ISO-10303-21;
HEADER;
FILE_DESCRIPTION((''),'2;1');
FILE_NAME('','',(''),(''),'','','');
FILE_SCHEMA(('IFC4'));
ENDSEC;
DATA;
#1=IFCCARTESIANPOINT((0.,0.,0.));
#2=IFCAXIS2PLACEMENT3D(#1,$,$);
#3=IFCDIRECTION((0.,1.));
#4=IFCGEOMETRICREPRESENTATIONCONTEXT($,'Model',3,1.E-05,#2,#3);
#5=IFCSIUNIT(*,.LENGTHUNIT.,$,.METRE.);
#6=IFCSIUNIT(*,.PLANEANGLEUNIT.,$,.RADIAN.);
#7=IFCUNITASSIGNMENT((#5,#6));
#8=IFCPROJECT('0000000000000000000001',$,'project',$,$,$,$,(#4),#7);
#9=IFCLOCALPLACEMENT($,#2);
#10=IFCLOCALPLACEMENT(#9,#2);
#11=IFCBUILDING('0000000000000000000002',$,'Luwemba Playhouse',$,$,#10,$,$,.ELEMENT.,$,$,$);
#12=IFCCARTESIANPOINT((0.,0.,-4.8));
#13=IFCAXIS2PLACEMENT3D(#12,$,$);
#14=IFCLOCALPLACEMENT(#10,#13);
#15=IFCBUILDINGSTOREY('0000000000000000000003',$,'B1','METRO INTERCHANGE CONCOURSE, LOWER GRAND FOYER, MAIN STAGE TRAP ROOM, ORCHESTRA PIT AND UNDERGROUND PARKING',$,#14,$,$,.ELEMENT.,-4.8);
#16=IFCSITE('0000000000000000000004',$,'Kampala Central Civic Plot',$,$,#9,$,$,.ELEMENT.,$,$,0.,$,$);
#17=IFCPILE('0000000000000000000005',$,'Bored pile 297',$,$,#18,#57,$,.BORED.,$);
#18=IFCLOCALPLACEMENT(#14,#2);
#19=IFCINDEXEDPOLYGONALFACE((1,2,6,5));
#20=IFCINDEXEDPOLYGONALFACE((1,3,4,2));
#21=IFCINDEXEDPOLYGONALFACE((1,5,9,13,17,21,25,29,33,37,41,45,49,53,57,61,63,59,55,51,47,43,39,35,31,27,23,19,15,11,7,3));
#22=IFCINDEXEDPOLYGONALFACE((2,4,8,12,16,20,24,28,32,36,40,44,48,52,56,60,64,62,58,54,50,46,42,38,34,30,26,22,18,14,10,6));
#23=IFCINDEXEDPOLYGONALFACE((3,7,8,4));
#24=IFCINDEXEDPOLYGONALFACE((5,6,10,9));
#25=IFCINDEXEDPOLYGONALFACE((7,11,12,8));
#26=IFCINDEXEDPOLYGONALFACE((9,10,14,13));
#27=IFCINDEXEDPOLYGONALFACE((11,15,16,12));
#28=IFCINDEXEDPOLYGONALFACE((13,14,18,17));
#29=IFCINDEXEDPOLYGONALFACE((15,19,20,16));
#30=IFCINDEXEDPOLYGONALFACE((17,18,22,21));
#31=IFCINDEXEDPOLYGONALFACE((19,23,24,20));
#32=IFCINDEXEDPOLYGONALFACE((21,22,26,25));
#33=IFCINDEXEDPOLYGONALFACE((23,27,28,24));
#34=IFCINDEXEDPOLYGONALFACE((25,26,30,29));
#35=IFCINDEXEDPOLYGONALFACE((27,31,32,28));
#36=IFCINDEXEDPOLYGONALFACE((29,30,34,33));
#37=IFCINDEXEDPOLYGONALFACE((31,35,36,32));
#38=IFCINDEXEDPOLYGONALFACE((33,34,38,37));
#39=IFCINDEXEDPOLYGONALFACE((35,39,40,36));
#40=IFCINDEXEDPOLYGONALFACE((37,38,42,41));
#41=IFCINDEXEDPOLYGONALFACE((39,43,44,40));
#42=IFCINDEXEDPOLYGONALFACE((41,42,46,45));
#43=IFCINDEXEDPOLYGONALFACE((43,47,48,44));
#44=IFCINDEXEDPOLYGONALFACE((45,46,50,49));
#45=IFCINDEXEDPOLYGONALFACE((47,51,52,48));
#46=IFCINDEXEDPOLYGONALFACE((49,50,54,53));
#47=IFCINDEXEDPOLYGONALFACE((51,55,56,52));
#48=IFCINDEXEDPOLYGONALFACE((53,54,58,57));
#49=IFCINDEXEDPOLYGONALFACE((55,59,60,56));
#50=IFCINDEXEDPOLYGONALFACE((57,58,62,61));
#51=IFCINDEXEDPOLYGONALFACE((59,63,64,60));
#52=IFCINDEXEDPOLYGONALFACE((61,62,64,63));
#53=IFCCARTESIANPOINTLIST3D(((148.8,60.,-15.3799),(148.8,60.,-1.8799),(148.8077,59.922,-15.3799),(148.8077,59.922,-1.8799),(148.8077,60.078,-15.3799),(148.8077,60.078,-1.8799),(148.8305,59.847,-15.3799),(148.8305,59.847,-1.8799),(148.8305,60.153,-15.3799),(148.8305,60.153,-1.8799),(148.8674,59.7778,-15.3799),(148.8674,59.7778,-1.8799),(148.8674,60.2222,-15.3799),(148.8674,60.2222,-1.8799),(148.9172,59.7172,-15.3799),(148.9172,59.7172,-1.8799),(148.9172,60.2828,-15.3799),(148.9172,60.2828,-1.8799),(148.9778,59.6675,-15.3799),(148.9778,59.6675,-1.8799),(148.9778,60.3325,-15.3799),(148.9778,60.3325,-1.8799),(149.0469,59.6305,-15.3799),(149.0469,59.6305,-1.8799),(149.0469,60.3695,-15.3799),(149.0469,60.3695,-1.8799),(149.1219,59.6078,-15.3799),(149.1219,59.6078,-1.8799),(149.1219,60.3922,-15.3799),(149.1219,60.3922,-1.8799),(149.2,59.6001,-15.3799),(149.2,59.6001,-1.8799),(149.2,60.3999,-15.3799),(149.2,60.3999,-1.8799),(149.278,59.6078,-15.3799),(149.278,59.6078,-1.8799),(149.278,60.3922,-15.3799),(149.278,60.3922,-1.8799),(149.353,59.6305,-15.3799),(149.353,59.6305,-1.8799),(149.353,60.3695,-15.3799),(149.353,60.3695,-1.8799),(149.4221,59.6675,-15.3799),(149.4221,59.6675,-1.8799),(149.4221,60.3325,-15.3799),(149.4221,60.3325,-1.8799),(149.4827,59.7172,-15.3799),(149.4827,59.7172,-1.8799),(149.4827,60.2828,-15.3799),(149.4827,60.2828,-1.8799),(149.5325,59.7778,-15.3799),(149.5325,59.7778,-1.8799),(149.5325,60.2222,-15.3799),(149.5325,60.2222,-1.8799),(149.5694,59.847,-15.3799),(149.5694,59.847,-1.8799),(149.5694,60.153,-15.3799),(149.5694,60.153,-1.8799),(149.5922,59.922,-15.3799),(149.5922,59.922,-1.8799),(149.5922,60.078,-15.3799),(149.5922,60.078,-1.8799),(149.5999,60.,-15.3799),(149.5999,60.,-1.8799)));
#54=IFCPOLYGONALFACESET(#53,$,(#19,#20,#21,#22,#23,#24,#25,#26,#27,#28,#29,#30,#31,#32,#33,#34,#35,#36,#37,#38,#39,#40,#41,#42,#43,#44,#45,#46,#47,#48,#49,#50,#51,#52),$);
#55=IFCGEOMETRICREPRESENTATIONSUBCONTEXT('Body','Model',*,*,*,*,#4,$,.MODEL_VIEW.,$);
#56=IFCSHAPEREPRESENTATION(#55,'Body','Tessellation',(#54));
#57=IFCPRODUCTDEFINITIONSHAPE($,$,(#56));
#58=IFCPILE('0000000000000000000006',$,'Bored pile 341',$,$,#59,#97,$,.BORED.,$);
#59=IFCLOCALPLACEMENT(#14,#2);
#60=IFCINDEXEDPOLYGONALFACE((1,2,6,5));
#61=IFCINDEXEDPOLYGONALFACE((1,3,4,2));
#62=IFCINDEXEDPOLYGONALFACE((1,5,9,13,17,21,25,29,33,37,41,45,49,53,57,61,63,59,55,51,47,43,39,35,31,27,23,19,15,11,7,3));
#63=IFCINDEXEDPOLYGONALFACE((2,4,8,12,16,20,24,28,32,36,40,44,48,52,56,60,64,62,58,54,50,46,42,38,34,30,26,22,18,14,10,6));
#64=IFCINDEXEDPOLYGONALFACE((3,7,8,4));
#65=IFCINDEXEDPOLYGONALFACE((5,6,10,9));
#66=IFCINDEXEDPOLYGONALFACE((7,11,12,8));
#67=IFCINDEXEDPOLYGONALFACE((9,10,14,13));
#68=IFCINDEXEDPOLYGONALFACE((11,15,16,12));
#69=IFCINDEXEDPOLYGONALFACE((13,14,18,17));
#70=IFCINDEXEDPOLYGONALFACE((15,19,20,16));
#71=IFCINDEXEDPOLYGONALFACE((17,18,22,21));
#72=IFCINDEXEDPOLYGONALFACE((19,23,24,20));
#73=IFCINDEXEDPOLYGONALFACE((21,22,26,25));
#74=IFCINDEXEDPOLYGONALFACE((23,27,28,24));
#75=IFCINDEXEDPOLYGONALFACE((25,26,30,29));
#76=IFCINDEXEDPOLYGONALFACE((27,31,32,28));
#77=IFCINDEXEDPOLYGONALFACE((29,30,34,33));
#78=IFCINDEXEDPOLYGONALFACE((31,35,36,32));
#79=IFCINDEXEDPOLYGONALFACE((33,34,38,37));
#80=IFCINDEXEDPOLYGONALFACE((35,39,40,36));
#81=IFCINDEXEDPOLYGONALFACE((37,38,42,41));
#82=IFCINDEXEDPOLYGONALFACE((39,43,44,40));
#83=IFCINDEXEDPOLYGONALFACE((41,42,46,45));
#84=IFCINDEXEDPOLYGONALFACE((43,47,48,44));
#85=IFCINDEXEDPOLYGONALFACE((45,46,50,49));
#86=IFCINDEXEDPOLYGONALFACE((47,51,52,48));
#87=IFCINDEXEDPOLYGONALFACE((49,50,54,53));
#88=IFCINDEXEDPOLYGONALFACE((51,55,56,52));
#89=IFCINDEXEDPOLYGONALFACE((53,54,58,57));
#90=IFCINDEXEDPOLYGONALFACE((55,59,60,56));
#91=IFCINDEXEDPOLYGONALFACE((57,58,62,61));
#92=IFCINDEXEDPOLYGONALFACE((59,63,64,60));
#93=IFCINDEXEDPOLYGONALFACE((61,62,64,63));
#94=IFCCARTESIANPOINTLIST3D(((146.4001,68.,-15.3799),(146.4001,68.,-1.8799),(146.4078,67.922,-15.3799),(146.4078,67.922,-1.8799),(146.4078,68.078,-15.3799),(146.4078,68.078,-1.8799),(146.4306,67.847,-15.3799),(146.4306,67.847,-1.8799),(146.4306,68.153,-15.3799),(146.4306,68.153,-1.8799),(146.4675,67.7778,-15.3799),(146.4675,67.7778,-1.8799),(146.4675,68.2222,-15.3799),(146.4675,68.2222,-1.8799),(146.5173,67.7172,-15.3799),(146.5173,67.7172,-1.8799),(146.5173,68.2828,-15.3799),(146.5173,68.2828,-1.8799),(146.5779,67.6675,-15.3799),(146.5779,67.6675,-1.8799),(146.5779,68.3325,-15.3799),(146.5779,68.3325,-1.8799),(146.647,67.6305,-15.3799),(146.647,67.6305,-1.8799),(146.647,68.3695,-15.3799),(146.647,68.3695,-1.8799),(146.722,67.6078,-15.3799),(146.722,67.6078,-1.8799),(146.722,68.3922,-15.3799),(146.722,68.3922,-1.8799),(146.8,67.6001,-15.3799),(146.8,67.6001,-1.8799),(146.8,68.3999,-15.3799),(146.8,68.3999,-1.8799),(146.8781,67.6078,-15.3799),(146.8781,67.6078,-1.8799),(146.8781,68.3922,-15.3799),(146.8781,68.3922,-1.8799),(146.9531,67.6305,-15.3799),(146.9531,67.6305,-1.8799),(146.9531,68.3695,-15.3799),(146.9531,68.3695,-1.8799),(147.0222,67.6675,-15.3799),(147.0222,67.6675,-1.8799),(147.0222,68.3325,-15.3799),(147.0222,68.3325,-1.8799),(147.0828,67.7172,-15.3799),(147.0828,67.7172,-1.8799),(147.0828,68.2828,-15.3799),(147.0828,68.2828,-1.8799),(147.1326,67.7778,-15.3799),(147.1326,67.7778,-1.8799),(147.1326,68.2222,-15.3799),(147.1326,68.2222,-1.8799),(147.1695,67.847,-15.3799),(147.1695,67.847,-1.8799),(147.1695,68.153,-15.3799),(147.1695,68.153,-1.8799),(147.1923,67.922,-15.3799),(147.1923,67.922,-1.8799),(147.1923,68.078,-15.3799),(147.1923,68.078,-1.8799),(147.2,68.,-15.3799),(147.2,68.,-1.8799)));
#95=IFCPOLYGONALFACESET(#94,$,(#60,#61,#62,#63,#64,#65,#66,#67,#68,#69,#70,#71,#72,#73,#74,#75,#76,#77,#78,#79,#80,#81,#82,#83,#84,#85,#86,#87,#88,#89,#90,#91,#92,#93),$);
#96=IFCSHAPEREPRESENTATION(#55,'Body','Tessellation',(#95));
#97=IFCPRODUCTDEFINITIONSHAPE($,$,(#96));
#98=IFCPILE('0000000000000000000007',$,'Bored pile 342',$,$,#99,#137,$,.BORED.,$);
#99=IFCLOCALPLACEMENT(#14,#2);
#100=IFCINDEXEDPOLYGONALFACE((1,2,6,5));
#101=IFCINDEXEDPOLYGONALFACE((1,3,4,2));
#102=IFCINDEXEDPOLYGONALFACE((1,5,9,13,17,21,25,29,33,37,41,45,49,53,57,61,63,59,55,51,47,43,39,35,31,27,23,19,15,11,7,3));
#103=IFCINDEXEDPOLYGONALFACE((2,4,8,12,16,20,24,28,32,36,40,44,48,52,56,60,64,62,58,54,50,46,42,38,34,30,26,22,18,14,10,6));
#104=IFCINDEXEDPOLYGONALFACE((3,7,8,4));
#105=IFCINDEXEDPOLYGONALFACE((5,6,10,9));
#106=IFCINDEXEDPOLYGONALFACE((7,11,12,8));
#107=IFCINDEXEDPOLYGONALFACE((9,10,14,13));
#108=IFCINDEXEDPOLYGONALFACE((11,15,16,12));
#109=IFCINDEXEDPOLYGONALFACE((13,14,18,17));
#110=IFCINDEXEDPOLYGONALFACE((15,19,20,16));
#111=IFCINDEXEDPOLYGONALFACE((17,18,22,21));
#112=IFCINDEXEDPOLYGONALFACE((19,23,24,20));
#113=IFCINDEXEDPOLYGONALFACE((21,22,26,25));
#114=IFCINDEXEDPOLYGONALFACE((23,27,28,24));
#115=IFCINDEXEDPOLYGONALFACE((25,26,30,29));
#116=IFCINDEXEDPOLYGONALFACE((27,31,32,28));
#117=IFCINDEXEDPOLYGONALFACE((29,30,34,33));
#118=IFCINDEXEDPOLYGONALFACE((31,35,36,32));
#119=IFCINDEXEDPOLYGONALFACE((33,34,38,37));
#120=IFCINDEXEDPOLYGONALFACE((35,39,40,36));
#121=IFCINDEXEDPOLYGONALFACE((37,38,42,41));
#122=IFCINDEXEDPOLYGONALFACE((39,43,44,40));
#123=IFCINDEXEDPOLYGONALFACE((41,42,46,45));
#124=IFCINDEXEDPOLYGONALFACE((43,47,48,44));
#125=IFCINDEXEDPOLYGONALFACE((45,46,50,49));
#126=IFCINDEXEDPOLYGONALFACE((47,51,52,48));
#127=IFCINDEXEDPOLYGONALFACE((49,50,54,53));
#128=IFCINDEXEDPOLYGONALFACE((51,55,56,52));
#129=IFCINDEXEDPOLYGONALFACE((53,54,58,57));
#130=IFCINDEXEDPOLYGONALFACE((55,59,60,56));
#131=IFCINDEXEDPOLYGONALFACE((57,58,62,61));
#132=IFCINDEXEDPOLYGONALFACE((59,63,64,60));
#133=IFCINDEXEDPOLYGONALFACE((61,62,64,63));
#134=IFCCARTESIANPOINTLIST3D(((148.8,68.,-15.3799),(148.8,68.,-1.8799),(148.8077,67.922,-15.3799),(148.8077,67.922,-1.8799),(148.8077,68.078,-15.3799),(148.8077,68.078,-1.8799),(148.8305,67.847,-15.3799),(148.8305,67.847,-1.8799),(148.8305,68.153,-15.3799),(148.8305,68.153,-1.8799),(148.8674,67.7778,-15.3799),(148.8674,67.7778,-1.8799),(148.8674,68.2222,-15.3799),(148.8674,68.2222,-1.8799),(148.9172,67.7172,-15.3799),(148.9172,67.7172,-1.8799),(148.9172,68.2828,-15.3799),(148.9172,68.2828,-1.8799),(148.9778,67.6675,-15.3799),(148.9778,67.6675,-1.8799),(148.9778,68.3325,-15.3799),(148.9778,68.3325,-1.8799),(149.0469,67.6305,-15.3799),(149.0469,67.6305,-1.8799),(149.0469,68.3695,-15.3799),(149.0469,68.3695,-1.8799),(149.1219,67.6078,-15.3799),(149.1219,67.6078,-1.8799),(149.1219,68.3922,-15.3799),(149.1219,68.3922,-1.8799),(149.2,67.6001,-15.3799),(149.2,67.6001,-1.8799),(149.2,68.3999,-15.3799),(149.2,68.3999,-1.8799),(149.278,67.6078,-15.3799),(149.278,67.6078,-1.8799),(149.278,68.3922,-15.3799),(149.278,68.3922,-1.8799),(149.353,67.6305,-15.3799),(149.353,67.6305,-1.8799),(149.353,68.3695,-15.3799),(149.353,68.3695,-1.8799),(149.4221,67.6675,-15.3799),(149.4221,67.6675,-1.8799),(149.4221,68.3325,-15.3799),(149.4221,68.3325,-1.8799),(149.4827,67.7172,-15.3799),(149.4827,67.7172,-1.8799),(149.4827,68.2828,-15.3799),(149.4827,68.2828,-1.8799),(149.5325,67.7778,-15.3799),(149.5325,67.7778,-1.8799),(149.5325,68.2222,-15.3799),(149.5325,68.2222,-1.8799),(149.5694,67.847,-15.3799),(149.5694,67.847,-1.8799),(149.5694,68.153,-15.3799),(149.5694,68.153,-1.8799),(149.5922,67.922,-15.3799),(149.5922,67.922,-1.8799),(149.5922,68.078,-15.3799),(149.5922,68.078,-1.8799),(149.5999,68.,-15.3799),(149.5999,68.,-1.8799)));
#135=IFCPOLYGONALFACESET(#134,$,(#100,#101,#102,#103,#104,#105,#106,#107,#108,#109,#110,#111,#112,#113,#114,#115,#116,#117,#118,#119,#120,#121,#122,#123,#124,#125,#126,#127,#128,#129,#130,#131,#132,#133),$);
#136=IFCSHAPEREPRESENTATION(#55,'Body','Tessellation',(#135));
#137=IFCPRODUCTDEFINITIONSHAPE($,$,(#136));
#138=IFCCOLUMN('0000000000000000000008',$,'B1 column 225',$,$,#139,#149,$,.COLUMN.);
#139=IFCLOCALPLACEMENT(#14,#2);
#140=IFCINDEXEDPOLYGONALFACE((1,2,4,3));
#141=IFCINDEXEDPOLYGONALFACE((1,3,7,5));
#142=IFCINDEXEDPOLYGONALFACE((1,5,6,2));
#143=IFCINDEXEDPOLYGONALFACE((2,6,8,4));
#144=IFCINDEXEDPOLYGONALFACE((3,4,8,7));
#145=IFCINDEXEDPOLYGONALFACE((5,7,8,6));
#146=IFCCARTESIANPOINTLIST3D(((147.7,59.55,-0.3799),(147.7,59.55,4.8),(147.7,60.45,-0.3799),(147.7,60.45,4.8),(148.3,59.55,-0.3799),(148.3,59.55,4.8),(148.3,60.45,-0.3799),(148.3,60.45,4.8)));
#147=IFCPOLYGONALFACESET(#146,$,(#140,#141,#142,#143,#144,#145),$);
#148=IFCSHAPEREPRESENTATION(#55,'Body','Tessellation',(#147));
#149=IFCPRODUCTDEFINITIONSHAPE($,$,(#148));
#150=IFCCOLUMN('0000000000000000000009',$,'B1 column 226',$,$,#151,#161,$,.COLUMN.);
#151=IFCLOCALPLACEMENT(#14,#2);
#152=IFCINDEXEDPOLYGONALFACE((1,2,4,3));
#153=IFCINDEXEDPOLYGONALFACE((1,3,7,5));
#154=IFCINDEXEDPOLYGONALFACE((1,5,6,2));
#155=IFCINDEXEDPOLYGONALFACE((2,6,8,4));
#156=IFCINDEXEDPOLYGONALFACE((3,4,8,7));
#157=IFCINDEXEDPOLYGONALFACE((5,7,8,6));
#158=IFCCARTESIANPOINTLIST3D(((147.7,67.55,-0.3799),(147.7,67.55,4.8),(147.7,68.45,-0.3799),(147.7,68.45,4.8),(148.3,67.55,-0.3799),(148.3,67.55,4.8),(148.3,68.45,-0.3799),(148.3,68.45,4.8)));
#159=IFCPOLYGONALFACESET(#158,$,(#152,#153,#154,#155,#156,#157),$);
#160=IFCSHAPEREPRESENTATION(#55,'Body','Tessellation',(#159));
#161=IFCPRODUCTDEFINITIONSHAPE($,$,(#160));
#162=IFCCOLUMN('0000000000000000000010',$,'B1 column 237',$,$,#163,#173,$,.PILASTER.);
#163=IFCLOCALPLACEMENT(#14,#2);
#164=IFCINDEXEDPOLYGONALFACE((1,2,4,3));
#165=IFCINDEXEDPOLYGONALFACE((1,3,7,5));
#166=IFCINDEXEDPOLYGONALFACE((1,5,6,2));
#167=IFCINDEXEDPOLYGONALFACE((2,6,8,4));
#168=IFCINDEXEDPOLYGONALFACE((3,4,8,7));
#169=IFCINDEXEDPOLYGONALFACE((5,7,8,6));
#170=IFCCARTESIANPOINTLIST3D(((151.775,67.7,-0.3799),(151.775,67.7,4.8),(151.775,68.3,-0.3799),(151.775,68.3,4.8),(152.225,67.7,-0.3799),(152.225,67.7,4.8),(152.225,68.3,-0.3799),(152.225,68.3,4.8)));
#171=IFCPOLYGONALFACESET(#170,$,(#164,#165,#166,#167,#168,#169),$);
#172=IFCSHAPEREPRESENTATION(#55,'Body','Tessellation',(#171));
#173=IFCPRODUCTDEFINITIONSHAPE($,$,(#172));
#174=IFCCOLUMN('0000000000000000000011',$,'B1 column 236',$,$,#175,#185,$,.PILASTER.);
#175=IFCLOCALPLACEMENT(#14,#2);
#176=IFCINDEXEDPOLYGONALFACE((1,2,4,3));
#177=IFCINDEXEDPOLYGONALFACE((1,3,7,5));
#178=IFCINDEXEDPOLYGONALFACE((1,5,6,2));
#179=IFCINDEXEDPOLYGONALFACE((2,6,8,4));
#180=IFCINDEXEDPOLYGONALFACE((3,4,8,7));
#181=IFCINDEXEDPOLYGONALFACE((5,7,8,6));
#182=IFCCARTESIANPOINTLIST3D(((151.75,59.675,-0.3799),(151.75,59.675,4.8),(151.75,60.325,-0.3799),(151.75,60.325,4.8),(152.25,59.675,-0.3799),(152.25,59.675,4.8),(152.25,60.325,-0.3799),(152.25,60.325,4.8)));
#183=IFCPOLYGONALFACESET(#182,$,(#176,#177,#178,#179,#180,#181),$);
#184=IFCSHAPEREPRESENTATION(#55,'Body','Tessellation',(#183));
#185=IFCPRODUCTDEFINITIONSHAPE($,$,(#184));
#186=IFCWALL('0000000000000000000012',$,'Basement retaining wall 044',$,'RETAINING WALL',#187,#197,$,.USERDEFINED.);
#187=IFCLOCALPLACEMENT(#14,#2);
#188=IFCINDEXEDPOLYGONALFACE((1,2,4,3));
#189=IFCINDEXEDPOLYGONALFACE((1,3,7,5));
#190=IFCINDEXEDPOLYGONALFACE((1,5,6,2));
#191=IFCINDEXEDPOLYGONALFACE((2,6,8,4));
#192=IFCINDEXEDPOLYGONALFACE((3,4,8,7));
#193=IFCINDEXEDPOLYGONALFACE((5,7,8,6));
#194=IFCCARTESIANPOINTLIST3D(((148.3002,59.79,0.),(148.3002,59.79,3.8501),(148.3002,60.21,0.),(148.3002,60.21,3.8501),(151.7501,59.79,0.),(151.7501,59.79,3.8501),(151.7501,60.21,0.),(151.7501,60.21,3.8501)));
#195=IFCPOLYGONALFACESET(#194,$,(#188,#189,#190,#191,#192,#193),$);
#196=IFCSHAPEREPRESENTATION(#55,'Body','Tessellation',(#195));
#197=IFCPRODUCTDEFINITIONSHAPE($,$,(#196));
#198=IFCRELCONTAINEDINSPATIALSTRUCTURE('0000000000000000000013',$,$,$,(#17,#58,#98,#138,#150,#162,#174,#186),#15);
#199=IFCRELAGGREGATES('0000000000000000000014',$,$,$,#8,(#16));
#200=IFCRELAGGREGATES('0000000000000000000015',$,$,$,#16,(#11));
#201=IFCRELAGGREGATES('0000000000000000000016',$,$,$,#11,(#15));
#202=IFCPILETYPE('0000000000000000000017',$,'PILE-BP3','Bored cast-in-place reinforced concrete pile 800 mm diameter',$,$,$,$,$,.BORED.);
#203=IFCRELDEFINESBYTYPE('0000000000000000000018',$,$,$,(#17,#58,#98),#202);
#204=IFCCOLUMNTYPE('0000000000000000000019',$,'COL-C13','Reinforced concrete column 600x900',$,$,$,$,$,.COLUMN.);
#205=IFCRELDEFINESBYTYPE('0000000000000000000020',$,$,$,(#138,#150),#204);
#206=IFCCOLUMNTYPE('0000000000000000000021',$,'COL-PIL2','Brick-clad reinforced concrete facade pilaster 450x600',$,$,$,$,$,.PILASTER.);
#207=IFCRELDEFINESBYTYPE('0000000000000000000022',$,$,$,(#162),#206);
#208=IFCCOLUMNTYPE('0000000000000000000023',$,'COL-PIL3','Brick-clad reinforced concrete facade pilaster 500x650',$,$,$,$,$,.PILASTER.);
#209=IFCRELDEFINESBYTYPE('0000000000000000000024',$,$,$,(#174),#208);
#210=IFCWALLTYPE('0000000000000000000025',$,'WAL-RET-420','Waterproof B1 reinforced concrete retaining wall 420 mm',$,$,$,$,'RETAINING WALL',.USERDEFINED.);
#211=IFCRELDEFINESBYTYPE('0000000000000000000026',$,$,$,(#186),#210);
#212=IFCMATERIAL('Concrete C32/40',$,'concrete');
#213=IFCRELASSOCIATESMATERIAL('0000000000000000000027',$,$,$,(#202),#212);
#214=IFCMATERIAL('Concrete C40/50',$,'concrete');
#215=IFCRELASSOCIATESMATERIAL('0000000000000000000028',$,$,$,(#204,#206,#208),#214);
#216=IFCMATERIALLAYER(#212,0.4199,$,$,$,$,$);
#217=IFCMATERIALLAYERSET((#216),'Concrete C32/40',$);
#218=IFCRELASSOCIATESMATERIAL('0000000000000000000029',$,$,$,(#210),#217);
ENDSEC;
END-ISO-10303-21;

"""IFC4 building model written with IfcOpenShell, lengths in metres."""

from ifc_helpers import new_model, si_unit, direction, frame, frame_2d, origin, origin_2d, place, context, subcontext, project, spatial, rectangle, circle, extrude, material, layer, layer_set, material_profile, profile_set, type_object, element, save


model = new_model("IFC4")

# Units and contexts
model_context = context("Model", 3, precision=1e-05, world=origin(), true_north=direction((0.0, 1.0)))
body_context = subcontext(model_context, "Body", "Model", "MODEL_VIEW")
ifc_project = project(units=[si_unit("LENGTHUNIT", "METRE"), si_unit("PLANEANGLEUNIT", "RADIAN")], contexts=[model_context])

# Site, building, storey
site_placement = place(None, origin())
site = spatial("IfcSite", under=ifc_project, at=site_placement, Name="Kampala Central Civic Plot", CompositionType="ELEMENT", RefElevation=0.0)
building_placement = place(site_placement, origin())
building = spatial("IfcBuilding", under=site, at=building_placement, Name="Luwemba Playhouse", CompositionType="ELEMENT")
storey_placement = place(building_placement, frame((0.0, 0.0, -4.8)))
storey = spatial("IfcBuildingStorey", under=building, at=storey_placement, Name="B1", Description="METRO INTERCHANGE CONCOURSE, LOWER GRAND FOYER, MAIN STAGE TRAP ROOM, ORCHESTRA PIT AND UNDERGROUND PARKING", CompositionType="ELEMENT", Elevation=-4.8)

# Shared definitions
ifc_material_1 = material(Name="Concrete C32/40", Category="concrete")

# Piles
ifc_material_profile_1 = material_profile(ifc_material_1, circle(Radius=0.3999, at=origin_2d()))
ifc_profile_set_1 = profile_set([ifc_material_profile_1], Name="Concrete C32/40")
pile_type_1 = type_object("IfcPileType", Name="PILE-BP3", Description="Bored cast-in-place reinforced concrete pile 800 mm diameter", PredefinedType="BORED", material=ifc_profile_set_1)
for number, where, z_axis, x_axis, name in (
    (1, (149.2, 60.0, -1.8799), (0.0, 0.0, -1.0), (1.0, 0.0, 0.0), "Bored pile 297"),
    (2, (146.8, 68.0, -1.8799), (0.0, 0.0, -1.0), (1.0, 0.0, 0.0), "Bored pile 341"),
    (3, (149.2, 68.0, -1.8799), (0.0, 0.0, -1.0), (1.0, 0.0, 0.0), "Bored pile 342"),
):
    element("IfcPile", number, at=place(storey_placement, frame(where, z_axis=z_axis, x_axis=x_axis)), inside=storey, type_object=pile_type_1, Name=name, PredefinedType="BORED", context=body_context, shape_type="SweptSolid", body=[
        extrude(circle(Radius=0.3999, at=origin_2d()), origin(), (0.0, 0.0, 1.0), 13.5),
    ])

# Columns
ifc_material_2 = material(Name="Concrete C40/50", Category="concrete")
ifc_material_profile_2 = material_profile(ifc_material_2, rectangle(XDim=0.6001, YDim=0.8999, at=origin_2d()))
ifc_profile_set_2 = profile_set([ifc_material_profile_2], Name="Concrete C40/50")
column_type_1 = type_object("IfcColumnType", Name="COL-C13", Description="Reinforced concrete column 600x900", PredefinedType="COLUMN", material=ifc_profile_set_2)
for number, where, z_axis, x_axis, name in (
    (4, (148.0, 60.0, -0.3799), (0.0, 0.0, 1.0), (1.0, 0.0, 0.0), "B1 column 225"),
    (5, (148.0, 68.0, -0.3799), (0.0, 0.0, 1.0), (1.0, 0.0, 0.0), "B1 column 226"),
):
    element("IfcColumn", number, at=place(storey_placement, frame(where, z_axis=z_axis, x_axis=x_axis)), inside=storey, type_object=column_type_1, Name=name, PredefinedType="COLUMN", context=body_context, shape_type="SweptSolid", body=[
        extrude(rectangle(XDim=0.6001, YDim=0.8999, at=origin_2d()), origin(), (0.0, 0.0, 1.0), 5.1799),
    ])
ifc_material_profile_3 = material_profile(ifc_material_2, rectangle(XDim=0.45, YDim=0.6001, at=origin_2d()))
ifc_profile_set_3 = profile_set([ifc_material_profile_3], Name="Concrete C40/50")
column_type_2 = type_object("IfcColumnType", Name="COL-PIL2", Description="Brick-clad reinforced concrete facade pilaster 450x600", PredefinedType="PILASTER", material=ifc_profile_set_3)
column_1_placement = place(storey_placement, frame((152.0, 68.0, -0.3799), z_axis=(0.0, 0.0, 1.0), x_axis=(1.0, 0.0, 0.0)))
element("IfcColumn", 6, at=column_1_placement, inside=storey, type_object=column_type_2, Name="B1 column 237", PredefinedType="PILASTER", context=body_context, shape_type="SweptSolid", body=[
    extrude(rectangle(XDim=0.45, YDim=0.6001, at=origin_2d()), origin(), (0.0, 0.0, 1.0), 5.1799),
])
ifc_material_profile_4 = material_profile(ifc_material_2, rectangle(XDim=0.5, YDim=0.6499, at=origin_2d()))
ifc_profile_set_4 = profile_set([ifc_material_profile_4], Name="Concrete C40/50")
column_type_3 = type_object("IfcColumnType", Name="COL-PIL3", Description="Brick-clad reinforced concrete facade pilaster 500x650", PredefinedType="PILASTER", material=ifc_profile_set_4)
column_2_placement = place(storey_placement, frame((152.0, 60.0, -0.3799), z_axis=(0.0, 0.0, 1.0), x_axis=(1.0, 0.0, 0.0)))
element("IfcColumn", 7, at=column_2_placement, inside=storey, type_object=column_type_3, Name="B1 column 236", PredefinedType="PILASTER", context=body_context, shape_type="SweptSolid", body=[
    extrude(rectangle(XDim=0.5, YDim=0.6499, at=origin_2d()), origin(), (0.0, 0.0, 1.0), 5.1799),
])

# Wall
ifc_layer = layer(ifc_material_1, 0.4199)
ifc_layer_set = layer_set([ifc_layer], Name="Concrete C32/40")
wall_type = type_object("IfcWallType", Name="WAL-RET-420", Description="Waterproof B1 reinforced concrete retaining wall 420 mm", ElementType="RETAINING WALL", PredefinedType="USERDEFINED", material=ifc_layer_set)
wall_1_placement = place(storey_placement, frame((148.3, 60.0, 0.0), z_axis=(0.0, 0.0, 1.0), x_axis=(1.0, 0.0, 0.0)))
element("IfcWall", 8, at=wall_1_placement, inside=storey, type_object=wall_type, Name="Basement retaining wall 044", ObjectType="RETAINING WALL", PredefinedType="USERDEFINED", context=body_context, shape_type="SweptSolid", body=[
    extrude(rectangle(XDim=3.45, YDim=0.4199, at=frame_2d((1.7251, 0.0))), origin(), (0.0, 0.0, 1.0), 3.8501),
])

save(model, "model.ifc")
